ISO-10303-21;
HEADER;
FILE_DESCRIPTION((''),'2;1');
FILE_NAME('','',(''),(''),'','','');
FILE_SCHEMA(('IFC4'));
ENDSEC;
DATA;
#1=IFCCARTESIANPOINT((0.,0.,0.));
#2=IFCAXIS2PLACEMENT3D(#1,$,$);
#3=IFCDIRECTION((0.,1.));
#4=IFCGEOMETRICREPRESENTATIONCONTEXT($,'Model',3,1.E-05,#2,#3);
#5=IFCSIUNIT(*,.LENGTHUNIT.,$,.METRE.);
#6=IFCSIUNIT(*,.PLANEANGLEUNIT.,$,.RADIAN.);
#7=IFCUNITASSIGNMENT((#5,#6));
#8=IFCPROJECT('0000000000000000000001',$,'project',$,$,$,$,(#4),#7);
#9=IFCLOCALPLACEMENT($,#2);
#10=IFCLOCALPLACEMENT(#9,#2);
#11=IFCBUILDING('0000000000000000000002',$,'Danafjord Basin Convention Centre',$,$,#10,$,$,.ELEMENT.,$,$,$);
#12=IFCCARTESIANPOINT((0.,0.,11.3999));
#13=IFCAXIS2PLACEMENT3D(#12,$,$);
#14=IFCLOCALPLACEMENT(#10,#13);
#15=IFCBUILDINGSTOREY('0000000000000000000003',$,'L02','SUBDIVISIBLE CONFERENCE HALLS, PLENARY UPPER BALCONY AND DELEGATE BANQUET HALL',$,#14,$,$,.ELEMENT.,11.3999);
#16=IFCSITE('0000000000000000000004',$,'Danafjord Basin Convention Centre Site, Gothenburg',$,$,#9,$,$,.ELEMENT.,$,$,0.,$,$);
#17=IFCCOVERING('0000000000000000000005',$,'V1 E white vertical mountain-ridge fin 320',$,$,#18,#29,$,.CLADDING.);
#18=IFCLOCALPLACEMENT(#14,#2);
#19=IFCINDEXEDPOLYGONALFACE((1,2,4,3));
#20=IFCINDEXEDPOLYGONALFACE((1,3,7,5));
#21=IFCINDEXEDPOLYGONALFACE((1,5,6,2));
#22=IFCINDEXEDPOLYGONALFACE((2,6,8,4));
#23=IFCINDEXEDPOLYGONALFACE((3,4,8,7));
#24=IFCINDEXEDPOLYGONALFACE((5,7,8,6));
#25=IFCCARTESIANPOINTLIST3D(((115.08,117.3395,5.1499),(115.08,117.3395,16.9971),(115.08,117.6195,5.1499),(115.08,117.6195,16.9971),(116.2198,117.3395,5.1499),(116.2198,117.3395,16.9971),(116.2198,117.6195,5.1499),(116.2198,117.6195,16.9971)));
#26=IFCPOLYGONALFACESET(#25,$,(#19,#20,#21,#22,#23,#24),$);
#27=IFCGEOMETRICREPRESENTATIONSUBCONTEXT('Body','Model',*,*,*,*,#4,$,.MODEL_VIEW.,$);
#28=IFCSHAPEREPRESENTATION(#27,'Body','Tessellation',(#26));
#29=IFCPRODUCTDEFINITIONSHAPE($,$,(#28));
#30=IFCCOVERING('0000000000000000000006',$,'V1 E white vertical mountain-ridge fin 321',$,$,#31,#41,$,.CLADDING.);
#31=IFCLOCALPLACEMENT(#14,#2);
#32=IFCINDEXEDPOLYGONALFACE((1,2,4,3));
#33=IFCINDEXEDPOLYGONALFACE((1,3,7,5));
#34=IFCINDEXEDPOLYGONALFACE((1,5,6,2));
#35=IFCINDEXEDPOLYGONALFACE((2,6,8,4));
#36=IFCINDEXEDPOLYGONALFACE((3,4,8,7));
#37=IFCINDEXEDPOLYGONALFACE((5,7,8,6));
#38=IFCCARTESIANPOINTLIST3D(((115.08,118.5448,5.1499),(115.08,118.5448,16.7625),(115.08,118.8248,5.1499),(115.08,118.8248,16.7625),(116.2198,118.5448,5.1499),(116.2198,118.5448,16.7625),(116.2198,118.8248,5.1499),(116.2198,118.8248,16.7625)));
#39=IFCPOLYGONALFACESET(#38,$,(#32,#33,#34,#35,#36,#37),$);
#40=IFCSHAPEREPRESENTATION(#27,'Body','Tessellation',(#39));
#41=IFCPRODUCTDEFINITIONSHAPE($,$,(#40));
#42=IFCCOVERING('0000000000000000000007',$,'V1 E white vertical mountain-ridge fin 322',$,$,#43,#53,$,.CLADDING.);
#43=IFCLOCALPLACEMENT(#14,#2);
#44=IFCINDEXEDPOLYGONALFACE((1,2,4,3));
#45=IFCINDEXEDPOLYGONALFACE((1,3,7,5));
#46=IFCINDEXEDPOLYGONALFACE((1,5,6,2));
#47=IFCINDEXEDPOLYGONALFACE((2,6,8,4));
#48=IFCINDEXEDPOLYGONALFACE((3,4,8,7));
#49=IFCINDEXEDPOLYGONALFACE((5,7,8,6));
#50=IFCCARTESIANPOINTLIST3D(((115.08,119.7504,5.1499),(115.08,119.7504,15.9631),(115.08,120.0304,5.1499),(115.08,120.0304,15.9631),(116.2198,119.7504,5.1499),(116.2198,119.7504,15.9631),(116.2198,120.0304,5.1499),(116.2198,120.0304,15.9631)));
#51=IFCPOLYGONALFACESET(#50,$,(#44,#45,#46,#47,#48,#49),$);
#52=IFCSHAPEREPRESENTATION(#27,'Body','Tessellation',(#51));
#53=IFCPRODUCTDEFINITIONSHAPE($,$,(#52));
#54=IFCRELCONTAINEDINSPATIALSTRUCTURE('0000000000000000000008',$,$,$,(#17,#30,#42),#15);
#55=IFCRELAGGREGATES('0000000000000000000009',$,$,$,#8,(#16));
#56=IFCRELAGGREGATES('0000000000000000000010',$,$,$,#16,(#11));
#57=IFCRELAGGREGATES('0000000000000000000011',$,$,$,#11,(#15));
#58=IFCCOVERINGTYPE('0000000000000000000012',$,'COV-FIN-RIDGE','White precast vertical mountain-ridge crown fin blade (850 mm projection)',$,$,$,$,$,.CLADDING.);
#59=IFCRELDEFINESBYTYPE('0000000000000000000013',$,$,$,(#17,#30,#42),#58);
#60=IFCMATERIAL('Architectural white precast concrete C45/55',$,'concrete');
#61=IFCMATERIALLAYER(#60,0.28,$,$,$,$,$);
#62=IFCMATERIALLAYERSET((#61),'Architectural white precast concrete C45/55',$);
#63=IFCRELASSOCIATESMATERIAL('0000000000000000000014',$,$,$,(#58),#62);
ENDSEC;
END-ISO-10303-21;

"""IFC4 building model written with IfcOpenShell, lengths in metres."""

from ifc_helpers import new_model, si_unit, direction, frame, origin, origin_2d, place, context, subcontext, project, spatial, rectangle, extrude, material, layer, layer_set, type_object, element, save


model = new_model("IFC4")

# Units and contexts
model_context = context("Model", 3, precision=1e-05, world=origin(), true_north=direction((0.0, 1.0)))
body_context = subcontext(model_context, "Body", "Model", "MODEL_VIEW")
ifc_project = project(units=[si_unit("LENGTHUNIT", "METRE"), si_unit("PLANEANGLEUNIT", "RADIAN")], contexts=[model_context])

# Site, building, storey
site_placement = place(None, origin())
site = spatial("IfcSite", under=ifc_project, at=site_placement, Name="Danafjord Basin Convention Centre Site, Gothenburg", CompositionType="ELEMENT", RefElevation=0.0)
building_placement = place(site_placement, origin())
building = spatial("IfcBuilding", under=site, at=building_placement, Name="Danafjord Basin Convention Centre", CompositionType="ELEMENT")
storey_placement = place(building_placement, frame((0.0, 0.0, 11.3999)))
storey = spatial("IfcBuildingStorey", under=building, at=storey_placement, Name="L02", Description="SUBDIVISIBLE CONFERENCE HALLS, PLENARY UPPER BALCONY AND DELEGATE BANQUET HALL", CompositionType="ELEMENT", Elevation=11.3999)

# Coverings
ifc_material_1 = material(Name="Architectural white precast concrete C45/55", Category="concrete")
ifc_layer_1 = layer(ifc_material_1, 0.28)
ifc_layer_set_1 = layer_set([ifc_layer_1], Name="Architectural white precast concrete C45/55")
covering_type = type_object("IfcCoveringType", Name="COV-FIN-RIDGE", Description="White precast vertical mountain-ridge crown fin blade (850 mm projection)", PredefinedType="CLADDING", material=ifc_layer_set_1)
covering_1_placement = place(storey_placement, frame((115.6499, 117.4795, 5.1499), z_axis=(0.0, 0.0, 1.0), x_axis=(1.0, 0.0, 0.0)))
element("IfcCovering", 1, at=covering_1_placement, inside=storey, type_object=covering_type, Name="V1 E white vertical mountain-ridge fin 320", PredefinedType="CLADDING", context=body_context, shape_type="SweptSolid", body=[
    extrude(rectangle(XDim=1.1399, YDim=0.28, at=origin_2d()), origin(), (0.0, 0.0, 1.0), 11.8472),
])
covering_2_placement = place(storey_placement, frame((115.6499, 118.6848, 5.1499), z_axis=(0.0, 0.0, 1.0), x_axis=(1.0, 0.0, 0.0)))
element("IfcCovering", 2, at=covering_2_placement, inside=storey, type_object=covering_type, Name="V1 E white vertical mountain-ridge fin 321", PredefinedType="CLADDING", context=body_context, shape_type="SweptSolid", body=[
    extrude(rectangle(XDim=1.1399, YDim=0.28, at=origin_2d()), origin(), (0.0, 0.0, 1.0), 11.6125),
])
covering_3_placement = place(storey_placement, frame((115.6499, 119.8904, 5.1499), z_axis=(0.0, 0.0, 1.0), x_axis=(1.0, 0.0, 0.0)))
element("IfcCovering", 3, at=covering_3_placement, inside=storey, type_object=covering_type, Name="V1 E white vertical mountain-ridge fin 322", PredefinedType="CLADDING", context=body_context, shape_type="SweptSolid", body=[
    extrude(rectangle(XDim=1.1399, YDim=0.28, at=origin_2d()), origin(), (0.0, 0.0, 1.0), 10.8132),
])

save(model, "model.ifc")
